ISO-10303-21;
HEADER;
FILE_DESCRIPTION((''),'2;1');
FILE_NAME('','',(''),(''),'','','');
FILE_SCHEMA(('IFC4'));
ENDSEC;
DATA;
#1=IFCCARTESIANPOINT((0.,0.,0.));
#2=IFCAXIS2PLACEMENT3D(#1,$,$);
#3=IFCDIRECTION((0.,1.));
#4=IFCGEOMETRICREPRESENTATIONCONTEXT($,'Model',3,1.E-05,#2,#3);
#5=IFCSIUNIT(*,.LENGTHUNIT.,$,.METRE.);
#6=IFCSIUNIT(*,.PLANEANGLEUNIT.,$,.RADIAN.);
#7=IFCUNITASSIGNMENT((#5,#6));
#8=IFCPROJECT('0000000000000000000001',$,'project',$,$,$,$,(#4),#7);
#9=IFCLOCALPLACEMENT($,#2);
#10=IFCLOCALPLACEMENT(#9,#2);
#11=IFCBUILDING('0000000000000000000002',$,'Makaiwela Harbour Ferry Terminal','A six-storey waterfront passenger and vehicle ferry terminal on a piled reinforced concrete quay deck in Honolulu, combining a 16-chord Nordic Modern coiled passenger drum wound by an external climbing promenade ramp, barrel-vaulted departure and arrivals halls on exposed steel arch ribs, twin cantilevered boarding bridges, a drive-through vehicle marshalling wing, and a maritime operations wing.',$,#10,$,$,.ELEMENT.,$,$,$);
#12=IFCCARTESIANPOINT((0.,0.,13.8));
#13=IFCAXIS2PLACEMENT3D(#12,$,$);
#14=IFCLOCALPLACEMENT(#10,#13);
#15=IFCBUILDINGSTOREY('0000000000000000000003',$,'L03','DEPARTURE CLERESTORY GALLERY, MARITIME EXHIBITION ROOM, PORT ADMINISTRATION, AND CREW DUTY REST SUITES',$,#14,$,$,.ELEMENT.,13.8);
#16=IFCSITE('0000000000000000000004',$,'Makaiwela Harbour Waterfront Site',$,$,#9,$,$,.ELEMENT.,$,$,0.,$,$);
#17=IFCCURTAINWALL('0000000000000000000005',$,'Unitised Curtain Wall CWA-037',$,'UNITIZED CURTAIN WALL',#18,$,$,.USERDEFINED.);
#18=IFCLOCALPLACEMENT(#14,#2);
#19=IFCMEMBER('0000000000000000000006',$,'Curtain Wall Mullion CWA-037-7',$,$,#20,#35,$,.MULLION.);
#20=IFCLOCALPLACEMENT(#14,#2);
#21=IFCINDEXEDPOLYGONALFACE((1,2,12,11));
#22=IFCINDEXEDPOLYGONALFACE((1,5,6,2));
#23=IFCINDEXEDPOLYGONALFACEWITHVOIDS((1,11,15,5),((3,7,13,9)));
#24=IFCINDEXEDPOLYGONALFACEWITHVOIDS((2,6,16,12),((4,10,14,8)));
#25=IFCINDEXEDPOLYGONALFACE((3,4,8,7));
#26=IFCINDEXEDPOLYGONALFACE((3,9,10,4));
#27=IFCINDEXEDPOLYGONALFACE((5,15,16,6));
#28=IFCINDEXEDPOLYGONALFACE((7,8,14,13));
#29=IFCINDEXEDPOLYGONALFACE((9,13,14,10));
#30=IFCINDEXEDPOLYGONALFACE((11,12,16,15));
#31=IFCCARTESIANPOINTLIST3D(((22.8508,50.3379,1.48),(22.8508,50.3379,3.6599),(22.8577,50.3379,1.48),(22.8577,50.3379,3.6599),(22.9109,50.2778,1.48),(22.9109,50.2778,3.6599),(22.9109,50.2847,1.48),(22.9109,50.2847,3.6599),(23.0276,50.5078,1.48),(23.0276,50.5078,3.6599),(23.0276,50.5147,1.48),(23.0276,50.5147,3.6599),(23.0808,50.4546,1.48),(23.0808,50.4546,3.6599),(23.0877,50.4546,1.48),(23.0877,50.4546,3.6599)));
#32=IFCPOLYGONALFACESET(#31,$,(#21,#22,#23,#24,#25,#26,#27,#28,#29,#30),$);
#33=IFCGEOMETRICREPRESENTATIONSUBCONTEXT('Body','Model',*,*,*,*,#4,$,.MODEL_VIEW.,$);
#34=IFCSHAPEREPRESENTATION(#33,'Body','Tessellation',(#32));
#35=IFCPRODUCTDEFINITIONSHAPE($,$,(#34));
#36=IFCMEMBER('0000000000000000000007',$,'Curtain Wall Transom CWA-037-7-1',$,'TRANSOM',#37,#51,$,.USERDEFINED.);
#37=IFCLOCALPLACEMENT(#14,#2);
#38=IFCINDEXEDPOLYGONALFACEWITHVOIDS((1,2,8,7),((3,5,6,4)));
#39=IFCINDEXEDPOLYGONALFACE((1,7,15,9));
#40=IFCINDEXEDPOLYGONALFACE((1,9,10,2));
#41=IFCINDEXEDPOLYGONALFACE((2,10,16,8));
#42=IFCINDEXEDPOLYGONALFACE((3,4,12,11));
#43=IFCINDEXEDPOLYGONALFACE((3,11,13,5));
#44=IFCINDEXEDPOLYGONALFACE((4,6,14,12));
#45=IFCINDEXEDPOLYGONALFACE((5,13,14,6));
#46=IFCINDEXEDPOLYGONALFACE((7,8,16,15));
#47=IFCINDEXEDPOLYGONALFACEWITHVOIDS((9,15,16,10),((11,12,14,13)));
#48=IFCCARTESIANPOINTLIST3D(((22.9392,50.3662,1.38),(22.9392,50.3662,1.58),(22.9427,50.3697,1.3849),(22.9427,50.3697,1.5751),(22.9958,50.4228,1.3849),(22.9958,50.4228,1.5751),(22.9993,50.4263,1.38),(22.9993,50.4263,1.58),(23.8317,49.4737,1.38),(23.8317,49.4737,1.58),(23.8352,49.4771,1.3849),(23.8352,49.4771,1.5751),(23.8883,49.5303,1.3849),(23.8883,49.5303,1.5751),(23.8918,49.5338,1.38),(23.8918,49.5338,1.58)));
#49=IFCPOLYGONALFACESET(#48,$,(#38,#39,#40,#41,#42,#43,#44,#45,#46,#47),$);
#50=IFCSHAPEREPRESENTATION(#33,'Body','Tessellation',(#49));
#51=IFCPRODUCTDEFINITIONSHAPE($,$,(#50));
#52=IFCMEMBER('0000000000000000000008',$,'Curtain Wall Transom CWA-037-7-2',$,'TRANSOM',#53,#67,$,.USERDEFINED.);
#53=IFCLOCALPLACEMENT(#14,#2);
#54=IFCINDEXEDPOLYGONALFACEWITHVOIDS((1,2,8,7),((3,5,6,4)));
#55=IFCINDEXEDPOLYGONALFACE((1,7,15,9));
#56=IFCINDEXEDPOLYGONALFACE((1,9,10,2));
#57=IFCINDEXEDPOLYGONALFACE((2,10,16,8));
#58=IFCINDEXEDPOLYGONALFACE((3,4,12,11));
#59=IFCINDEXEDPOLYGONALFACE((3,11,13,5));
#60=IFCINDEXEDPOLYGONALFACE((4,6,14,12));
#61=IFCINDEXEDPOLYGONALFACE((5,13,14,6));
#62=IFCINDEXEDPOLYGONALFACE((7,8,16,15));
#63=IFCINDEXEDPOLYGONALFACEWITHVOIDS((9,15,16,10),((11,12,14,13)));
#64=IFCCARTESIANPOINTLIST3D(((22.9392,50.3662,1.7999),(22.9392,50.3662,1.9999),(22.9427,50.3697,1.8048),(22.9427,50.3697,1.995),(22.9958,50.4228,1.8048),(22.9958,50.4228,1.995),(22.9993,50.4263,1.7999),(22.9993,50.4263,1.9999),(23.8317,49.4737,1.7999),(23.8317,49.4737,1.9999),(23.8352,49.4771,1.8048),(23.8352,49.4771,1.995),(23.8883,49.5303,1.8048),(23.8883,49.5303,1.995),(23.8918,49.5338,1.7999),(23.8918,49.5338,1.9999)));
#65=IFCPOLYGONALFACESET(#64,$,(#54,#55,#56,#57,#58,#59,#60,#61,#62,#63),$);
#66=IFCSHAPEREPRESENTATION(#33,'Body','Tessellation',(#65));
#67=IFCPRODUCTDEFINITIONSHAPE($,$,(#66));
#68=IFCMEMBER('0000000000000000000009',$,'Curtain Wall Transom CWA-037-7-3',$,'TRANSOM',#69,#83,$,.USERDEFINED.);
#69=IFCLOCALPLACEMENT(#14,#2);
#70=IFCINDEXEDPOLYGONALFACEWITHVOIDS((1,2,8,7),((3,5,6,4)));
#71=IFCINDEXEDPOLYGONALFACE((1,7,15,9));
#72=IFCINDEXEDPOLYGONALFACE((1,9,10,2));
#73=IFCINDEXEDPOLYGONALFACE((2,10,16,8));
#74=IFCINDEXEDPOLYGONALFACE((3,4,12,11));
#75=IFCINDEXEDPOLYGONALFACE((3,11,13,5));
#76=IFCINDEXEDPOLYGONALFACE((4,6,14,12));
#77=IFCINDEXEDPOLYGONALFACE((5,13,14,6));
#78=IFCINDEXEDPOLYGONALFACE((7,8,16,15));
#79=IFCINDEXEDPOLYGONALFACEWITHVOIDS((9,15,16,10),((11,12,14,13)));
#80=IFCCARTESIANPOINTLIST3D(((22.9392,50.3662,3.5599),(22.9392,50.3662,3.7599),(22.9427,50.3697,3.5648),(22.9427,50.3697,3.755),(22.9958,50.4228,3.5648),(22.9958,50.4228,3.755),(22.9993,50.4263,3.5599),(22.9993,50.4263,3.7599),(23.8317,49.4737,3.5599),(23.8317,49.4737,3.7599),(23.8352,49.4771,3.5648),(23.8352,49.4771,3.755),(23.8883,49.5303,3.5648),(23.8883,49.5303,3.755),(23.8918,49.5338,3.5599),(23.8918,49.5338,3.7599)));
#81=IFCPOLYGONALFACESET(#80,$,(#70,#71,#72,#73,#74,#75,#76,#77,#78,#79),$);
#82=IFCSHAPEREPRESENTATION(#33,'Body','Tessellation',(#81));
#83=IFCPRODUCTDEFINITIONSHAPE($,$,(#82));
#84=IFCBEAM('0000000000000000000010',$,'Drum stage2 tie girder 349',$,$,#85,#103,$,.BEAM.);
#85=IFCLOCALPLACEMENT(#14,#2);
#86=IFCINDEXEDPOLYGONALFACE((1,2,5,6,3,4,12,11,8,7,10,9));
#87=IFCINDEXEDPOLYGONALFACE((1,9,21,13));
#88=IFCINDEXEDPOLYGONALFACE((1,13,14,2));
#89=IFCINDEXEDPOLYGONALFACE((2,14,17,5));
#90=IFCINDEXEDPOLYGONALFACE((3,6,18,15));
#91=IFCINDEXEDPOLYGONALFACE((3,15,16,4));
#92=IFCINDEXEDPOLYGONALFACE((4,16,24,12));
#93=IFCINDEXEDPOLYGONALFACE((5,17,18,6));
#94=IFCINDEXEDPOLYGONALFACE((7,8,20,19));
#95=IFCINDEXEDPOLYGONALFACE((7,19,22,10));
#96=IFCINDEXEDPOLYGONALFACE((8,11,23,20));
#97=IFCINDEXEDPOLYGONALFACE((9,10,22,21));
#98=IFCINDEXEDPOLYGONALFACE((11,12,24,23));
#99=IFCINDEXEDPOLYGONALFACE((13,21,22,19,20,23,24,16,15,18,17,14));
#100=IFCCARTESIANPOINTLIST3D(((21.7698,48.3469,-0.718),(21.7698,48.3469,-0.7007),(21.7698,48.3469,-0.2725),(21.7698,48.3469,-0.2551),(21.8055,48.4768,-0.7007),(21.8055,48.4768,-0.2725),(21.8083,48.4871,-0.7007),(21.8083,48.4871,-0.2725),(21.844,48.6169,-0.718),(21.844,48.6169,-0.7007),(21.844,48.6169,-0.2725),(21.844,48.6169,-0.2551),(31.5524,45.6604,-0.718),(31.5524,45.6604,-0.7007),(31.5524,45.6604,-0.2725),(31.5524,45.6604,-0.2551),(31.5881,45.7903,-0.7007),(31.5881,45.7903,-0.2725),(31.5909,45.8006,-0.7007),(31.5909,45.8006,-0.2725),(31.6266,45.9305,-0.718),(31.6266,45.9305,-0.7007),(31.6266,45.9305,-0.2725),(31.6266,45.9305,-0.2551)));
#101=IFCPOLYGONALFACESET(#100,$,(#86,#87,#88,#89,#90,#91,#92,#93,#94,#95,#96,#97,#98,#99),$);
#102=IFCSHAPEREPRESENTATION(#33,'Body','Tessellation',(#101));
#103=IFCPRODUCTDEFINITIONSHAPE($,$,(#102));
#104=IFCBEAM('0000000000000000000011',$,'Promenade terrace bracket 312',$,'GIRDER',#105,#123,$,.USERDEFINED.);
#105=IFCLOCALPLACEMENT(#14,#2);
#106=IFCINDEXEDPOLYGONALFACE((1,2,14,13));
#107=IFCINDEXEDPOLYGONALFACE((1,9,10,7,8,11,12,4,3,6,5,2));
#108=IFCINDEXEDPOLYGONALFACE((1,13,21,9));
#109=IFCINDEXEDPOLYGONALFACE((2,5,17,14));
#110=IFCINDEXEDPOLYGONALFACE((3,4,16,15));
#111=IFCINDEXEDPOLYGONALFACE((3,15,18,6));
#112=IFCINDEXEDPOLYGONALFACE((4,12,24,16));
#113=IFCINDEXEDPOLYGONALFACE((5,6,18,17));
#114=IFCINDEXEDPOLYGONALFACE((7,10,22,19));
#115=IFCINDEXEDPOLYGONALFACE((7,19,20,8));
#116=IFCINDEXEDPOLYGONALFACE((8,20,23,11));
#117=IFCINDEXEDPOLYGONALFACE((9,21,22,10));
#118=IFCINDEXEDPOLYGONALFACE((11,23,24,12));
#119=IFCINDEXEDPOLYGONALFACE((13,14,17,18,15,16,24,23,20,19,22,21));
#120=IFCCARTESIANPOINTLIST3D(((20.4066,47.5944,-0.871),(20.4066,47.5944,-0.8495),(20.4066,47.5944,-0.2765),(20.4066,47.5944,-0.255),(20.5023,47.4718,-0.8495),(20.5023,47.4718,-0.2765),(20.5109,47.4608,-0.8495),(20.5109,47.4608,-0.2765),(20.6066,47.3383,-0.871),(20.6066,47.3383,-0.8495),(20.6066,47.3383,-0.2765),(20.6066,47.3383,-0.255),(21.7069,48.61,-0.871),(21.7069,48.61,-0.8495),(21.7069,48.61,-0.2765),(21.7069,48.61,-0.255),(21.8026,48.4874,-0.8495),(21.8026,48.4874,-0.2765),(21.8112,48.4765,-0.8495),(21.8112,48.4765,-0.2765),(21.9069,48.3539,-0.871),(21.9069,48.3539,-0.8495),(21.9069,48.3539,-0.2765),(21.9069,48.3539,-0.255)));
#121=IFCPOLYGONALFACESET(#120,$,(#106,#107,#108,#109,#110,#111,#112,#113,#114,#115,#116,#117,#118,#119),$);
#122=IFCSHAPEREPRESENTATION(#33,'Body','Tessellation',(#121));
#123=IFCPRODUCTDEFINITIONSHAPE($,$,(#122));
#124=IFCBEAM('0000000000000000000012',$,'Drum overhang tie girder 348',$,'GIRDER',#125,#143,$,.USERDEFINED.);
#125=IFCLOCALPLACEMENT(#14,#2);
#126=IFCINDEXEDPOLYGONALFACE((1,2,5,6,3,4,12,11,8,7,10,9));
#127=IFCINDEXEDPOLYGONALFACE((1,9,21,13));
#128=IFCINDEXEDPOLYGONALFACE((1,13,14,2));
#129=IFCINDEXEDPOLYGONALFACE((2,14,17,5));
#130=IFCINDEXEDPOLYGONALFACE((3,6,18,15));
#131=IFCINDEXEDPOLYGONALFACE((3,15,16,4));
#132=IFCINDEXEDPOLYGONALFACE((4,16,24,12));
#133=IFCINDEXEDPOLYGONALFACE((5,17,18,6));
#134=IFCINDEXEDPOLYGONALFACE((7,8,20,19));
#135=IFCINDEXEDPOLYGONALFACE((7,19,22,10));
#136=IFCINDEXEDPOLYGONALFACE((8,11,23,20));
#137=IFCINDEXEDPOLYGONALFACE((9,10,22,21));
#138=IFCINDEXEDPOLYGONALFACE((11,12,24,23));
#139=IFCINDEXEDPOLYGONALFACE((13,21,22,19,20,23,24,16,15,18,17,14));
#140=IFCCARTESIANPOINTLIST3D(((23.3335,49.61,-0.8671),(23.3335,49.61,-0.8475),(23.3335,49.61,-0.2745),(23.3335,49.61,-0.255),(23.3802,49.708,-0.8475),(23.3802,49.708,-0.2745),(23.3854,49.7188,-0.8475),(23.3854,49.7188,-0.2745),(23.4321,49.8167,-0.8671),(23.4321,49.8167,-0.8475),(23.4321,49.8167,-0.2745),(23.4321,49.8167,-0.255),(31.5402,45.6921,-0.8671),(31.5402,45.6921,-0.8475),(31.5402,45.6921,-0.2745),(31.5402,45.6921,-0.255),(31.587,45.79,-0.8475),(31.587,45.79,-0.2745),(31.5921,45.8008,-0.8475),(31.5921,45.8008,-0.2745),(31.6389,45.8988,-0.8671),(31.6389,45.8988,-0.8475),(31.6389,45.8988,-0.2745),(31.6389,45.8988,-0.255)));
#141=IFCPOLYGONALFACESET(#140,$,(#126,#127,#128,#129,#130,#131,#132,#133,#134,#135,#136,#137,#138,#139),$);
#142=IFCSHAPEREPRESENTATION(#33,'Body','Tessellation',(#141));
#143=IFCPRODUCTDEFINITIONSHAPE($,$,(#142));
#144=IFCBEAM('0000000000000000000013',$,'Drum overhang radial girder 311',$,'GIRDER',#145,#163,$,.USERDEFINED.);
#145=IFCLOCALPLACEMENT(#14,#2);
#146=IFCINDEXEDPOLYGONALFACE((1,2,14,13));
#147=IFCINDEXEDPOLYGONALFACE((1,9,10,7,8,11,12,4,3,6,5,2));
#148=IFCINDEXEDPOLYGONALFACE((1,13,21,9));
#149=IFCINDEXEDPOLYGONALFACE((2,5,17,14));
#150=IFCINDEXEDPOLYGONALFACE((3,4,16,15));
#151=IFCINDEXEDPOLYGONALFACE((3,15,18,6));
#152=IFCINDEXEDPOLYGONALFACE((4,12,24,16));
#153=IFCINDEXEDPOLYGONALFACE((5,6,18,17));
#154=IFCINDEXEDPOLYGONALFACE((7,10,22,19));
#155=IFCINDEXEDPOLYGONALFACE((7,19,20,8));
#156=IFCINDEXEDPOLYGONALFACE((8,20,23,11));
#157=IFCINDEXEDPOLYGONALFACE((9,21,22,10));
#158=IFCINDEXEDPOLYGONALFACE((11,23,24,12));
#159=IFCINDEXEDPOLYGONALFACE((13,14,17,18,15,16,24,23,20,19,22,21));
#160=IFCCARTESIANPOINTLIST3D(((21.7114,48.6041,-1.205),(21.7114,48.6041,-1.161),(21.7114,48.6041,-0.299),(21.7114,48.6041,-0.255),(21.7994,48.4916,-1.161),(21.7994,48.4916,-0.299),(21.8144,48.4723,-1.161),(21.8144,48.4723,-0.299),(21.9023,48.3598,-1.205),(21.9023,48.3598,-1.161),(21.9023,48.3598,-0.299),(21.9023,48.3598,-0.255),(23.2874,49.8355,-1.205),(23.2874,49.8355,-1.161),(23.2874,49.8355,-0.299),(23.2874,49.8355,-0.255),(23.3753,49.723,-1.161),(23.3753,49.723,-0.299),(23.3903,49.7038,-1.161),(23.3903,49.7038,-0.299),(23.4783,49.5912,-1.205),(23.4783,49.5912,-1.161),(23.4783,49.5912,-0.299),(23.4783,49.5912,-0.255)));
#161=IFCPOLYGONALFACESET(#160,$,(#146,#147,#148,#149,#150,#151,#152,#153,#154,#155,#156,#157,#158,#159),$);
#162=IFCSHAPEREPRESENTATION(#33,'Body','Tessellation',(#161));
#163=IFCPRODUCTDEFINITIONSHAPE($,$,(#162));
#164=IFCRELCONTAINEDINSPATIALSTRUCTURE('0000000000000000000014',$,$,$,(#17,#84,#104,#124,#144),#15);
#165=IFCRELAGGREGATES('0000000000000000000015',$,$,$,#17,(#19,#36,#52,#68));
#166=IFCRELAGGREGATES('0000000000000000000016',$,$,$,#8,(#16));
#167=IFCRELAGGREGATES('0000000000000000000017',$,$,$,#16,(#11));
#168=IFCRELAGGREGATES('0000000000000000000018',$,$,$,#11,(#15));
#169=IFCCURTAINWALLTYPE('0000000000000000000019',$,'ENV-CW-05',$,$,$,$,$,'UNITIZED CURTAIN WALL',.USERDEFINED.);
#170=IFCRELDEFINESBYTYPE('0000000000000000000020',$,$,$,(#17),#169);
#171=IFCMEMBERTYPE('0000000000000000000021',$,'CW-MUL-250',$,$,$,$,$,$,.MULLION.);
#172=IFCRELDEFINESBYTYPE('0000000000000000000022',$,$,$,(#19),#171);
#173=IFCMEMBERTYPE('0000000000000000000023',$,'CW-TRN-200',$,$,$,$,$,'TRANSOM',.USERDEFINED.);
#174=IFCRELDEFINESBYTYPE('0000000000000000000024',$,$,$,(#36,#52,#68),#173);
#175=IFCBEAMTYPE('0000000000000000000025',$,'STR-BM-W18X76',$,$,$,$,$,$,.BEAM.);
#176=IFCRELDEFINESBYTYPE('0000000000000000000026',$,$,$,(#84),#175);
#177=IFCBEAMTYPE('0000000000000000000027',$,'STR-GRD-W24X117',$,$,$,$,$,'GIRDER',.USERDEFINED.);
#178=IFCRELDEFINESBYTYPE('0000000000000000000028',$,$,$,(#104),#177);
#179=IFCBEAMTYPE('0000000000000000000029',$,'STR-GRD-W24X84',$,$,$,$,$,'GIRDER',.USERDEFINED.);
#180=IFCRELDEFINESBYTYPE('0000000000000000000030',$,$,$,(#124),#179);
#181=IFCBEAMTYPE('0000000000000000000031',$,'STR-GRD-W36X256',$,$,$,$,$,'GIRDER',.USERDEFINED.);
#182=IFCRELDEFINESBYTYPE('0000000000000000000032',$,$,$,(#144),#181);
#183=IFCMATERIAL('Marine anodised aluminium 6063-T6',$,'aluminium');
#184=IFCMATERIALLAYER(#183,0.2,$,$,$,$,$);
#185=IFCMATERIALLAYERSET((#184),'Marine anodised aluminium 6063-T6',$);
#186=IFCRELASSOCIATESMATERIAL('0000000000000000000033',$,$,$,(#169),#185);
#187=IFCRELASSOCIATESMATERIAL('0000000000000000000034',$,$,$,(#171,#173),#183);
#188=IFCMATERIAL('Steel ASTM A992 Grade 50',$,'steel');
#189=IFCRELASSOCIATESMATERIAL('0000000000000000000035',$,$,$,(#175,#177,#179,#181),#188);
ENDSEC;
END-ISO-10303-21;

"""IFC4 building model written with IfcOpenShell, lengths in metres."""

from ifc_helpers import new_model, si_unit, direction, frame, origin, origin_2d, place, context, subcontext, project, spatial, hollow_rectangle, i_section, extrude, material, layer, layer_set, material_profile, profile_set, type_object, element, aggregate, save


model = new_model("IFC4")

# Units and contexts
model_context = context("Model", 3, precision=1e-05, world=origin(), true_north=direction((0.0, 1.0)))
body_context = subcontext(model_context, "Body", "Model", "MODEL_VIEW")
ifc_project = project(units=[si_unit("LENGTHUNIT", "METRE"), si_unit("PLANEANGLEUNIT", "RADIAN")], contexts=[model_context])

# Site, building, storey
site_placement = place(None, origin())
site = spatial("IfcSite", under=ifc_project, at=site_placement, Name="Makaiwela Harbour Waterfront Site", CompositionType="ELEMENT", RefElevation=0.0)
building_placement = place(site_placement, origin())
building = spatial("IfcBuilding", under=site, at=building_placement, Name="Makaiwela Harbour Ferry Terminal", Description="A six-storey waterfront passenger and vehicle ferry terminal on a piled reinforced concrete quay deck in Honolulu, combining a 16-chord Nordic Modern coiled passenger drum wound by an external climbing promenade ramp, barrel-vaulted departure and arrivals halls on exposed steel arch ribs, twin cantilevered boarding bridges, a drive-through vehicle marshalling wing, and a maritime operations wing.", CompositionType="ELEMENT")
storey_placement = place(building_placement, frame((0.0, 0.0, 13.8)))
storey = spatial("IfcBuildingStorey", under=building, at=storey_placement, Name="L03", Description="DEPARTURE CLERESTORY GALLERY, MARITIME EXHIBITION ROOM, PORT ADMINISTRATION, AND CREW DUTY REST SUITES", CompositionType="ELEMENT", Elevation=13.8)

# Curtain wall, members
ifc_material_1 = material(Name="Marine anodised aluminium 6063-T6", Category="aluminium")
ifc_layer_1 = layer(ifc_material_1, 0.2)
ifc_layer_set_1 = layer_set([ifc_layer_1], Name="Marine anodised aluminium 6063-T6")
curtain_wall_type = type_object("IfcCurtainWallType", Name="ENV-CW-05", ElementType="UNITIZED CURTAIN WALL", PredefinedType="USERDEFINED", material=ifc_layer_set_1)
curtain_wall_placement = place(storey_placement, origin())
curtain_wall = element("IfcCurtainWall", 1, at=curtain_wall_placement, inside=storey, type_object=curtain_wall_type, Name="Unitised Curtain Wall CWA-037", ObjectType="UNITIZED CURTAIN WALL", PredefinedType="USERDEFINED")
ifc_material_profile_1 = material_profile(ifc_material_1, hollow_rectangle(XDim=0.085, YDim=0.25, WallThickness=0.0049, at=origin_2d()), Name="CWM-250X85")
ifc_profile_set_1 = profile_set([ifc_material_profile_1], Name="Marine anodised aluminium 6063-T6")
member_type_1 = type_object("IfcMemberType", Name="CW-MUL-250", PredefinedType="MULLION", material=ifc_profile_set_1)
member_1_placement = place(storey_placement, frame((22.9692, 50.3962, 1.48), z_axis=(0.0, 0.0, 1.0), x_axis=(-0.707107, 0.707107, 0.0)))
member_1 = element("IfcMember", 2, at=member_1_placement, type_object=member_type_1, Name="Curtain Wall Mullion CWA-037-7", PredefinedType="MULLION", context=body_context, shape_type="SweptSolid", body=[
    extrude(hollow_rectangle(XDim=0.085, YDim=0.25, WallThickness=0.0049, at=origin_2d()), origin(), (0.0, 0.0, 1.0), 2.1799),
])
ifc_material_profile_2 = material_profile(ifc_material_1, hollow_rectangle(XDim=0.085, YDim=0.2, WallThickness=0.0049, at=origin_2d()), Name="CWT-200X85")
ifc_profile_set_2 = profile_set([ifc_material_profile_2], Name="Marine anodised aluminium 6063-T6")
member_type_2 = type_object("IfcMemberType", Name="CW-TRN-200", ElementType="TRANSOM", PredefinedType="USERDEFINED", material=ifc_profile_set_2)
member_2_placement = place(storey_placement, frame((22.9692, 50.3962, 1.48), z_axis=(0.707107, -0.707107, 0.0), x_axis=(0.707107, 0.707107, 0.0)))
member_2 = element("IfcMember", 3, at=member_2_placement, type_object=member_type_2, Name="Curtain Wall Transom CWA-037-7-1", ObjectType="TRANSOM", PredefinedType="USERDEFINED", context=body_context, shape_type="SweptSolid", body=[
    extrude(hollow_rectangle(XDim=0.085, YDim=0.2, WallThickness=0.0049, at=origin_2d()), origin(), (0.0, 0.0, 1.0), 1.2622),
])
member_3_placement = place(storey_placement, frame((22.9692, 50.3962, 1.8999), z_axis=(0.707107, -0.707107, 0.0), x_axis=(0.707107, 0.707107, 0.0)))
member_3 = element("IfcMember", 4, at=member_3_placement, type_object=member_type_2, Name="Curtain Wall Transom CWA-037-7-2", ObjectType="TRANSOM", PredefinedType="USERDEFINED", context=body_context, shape_type="SweptSolid", body=[
    extrude(hollow_rectangle(XDim=0.085, YDim=0.2, WallThickness=0.0049, at=origin_2d()), origin(), (0.0, 0.0, 1.0), 1.2622),
])
member_4_placement = place(storey_placement, frame((22.9692, 50.3962, 3.6599), z_axis=(0.707107, -0.707107, 0.0), x_axis=(0.707107, 0.707107, 0.0)))
member_4 = element("IfcMember", 5, at=member_4_placement, type_object=member_type_2, Name="Curtain Wall Transom CWA-037-7-3", ObjectType="TRANSOM", PredefinedType="USERDEFINED", context=body_context, shape_type="SweptSolid", body=[
    extrude(hollow_rectangle(XDim=0.085, YDim=0.2, WallThickness=0.0049, at=origin_2d()), origin(), (0.0, 0.0, 1.0), 1.2622),
])

# Beams
ifc_material_2 = material(Name="Steel ASTM A992 Grade 50", Category="steel")
ifc_material_profile_3 = material_profile(ifc_material_2, i_section(OverallWidth=0.28, OverallDepth=0.4629, WebThickness=0.0107, FlangeThickness=0.0173, at=origin_2d()), Name="W18X76")
ifc_profile_set_3 = profile_set([ifc_material_profile_3], Name="Steel ASTM A992 Grade 50")
beam_type_1 = type_object("IfcBeamType", Name="STR-BM-W18X76", PredefinedType="BEAM", material=ifc_profile_set_3)
beam_1_placement = place(storey_placement, frame((21.8069, 48.4819, -0.4866), z_axis=(0.964299, -0.264815, 0.0), x_axis=(0.264815, 0.964299, 0.0)))
element("IfcBeam", 6, at=beam_1_placement, inside=storey, type_object=beam_type_1, Name="Drum stage2 tie girder 349", PredefinedType="BEAM", context=body_context, shape_type="SweptSolid", body=[
    extrude(i_section(OverallWidth=0.28, OverallDepth=0.4629, WebThickness=0.0107, FlangeThickness=0.0173, at=origin_2d()), origin(), (0.0, 0.0, 1.0), 10.1448),
])
ifc_material_profile_4 = material_profile(ifc_material_2, i_section(OverallWidth=0.325, OverallDepth=0.616, WebThickness=0.0139, FlangeThickness=0.0215, at=origin_2d()), Name="W24X117")
ifc_profile_set_4 = profile_set([ifc_material_profile_4], Name="Steel ASTM A992 Grade 50")
beam_type_2 = type_object("IfcBeamType", Name="STR-GRD-W24X117", ElementType="GIRDER", PredefinedType="USERDEFINED", material=ifc_profile_set_4)
beam_2_placement = place(storey_placement, frame((21.8069, 48.4819, -0.563), z_axis=(-0.788092, -0.615558, 0.0), x_axis=(0.615558, -0.788092, 0.0)))
element("IfcBeam", 7, at=beam_2_placement, inside=storey, type_object=beam_type_2, Name="Promenade terrace bracket 312", ObjectType="GIRDER", PredefinedType="USERDEFINED", context=body_context, shape_type="SweptSolid", body=[
    extrude(i_section(OverallWidth=0.325, OverallDepth=0.616, WebThickness=0.0139, FlangeThickness=0.0215, at=origin_2d()), origin(), (0.0, 0.0, 1.0), 1.6499),
])
ifc_material_profile_5 = material_profile(ifc_material_2, i_section(OverallWidth=0.229, OverallDepth=0.6121, WebThickness=0.012, FlangeThickness=0.0195, at=origin_2d()), Name="W24X84")
ifc_profile_set_5 = profile_set([ifc_material_profile_5], Name="Steel ASTM A992 Grade 50")
beam_type_3 = type_object("IfcBeamType", Name="STR-GRD-W24X84", ElementType="GIRDER", PredefinedType="USERDEFINED", material=ifc_profile_set_5)
beam_3_placement = place(storey_placement, frame((23.3828, 49.7134, -0.561), z_axis=(0.902434, -0.430827, 0.0), x_axis=(0.430827, 0.902434, 0.0)))
element("IfcBeam", 8, at=beam_3_placement, inside=storey, type_object=beam_type_3, Name="Drum overhang tie girder 348", ObjectType="GIRDER", PredefinedType="USERDEFINED", context=body_context, shape_type="SweptSolid", body=[
    extrude(i_section(OverallWidth=0.229, OverallDepth=0.6121, WebThickness=0.012, FlangeThickness=0.0195, at=origin_2d()), origin(), (0.0, 0.0, 1.0), 9.094),
])
ifc_material_profile_6 = material_profile(ifc_material_2, i_section(OverallWidth=0.3101, OverallDepth=0.95, WebThickness=0.0244, FlangeThickness=0.0439, at=origin_2d()), Name="W36X256")
ifc_profile_set_6 = profile_set([ifc_material_profile_6], Name="Steel ASTM A992 Grade 50")
beam_type_4 = type_object("IfcBeamType", Name="STR-GRD-W36X256", ElementType="GIRDER", PredefinedType="USERDEFINED", material=ifc_profile_set_6)
beam_4_placement = place(storey_placement, frame((23.3828, 49.7134, -0.73), z_axis=(-0.787963, -0.615722, 0.0), x_axis=(0.615722, -0.787963, 0.0)))
element("IfcBeam", 9, at=beam_4_placement, inside=storey, type_object=beam_type_4, Name="Drum overhang radial girder 311", ObjectType="GIRDER", PredefinedType="USERDEFINED", context=body_context, shape_type="SweptSolid", body=[
    extrude(i_section(OverallWidth=0.3101, OverallDepth=0.95, WebThickness=0.0244, FlangeThickness=0.0439, at=origin_2d()), origin(), (0.0, 0.0, 1.0), 2.0),
])

aggregate(curtain_wall, [member_1, member_2, member_3, member_4])

save(model, "model.ifc")
